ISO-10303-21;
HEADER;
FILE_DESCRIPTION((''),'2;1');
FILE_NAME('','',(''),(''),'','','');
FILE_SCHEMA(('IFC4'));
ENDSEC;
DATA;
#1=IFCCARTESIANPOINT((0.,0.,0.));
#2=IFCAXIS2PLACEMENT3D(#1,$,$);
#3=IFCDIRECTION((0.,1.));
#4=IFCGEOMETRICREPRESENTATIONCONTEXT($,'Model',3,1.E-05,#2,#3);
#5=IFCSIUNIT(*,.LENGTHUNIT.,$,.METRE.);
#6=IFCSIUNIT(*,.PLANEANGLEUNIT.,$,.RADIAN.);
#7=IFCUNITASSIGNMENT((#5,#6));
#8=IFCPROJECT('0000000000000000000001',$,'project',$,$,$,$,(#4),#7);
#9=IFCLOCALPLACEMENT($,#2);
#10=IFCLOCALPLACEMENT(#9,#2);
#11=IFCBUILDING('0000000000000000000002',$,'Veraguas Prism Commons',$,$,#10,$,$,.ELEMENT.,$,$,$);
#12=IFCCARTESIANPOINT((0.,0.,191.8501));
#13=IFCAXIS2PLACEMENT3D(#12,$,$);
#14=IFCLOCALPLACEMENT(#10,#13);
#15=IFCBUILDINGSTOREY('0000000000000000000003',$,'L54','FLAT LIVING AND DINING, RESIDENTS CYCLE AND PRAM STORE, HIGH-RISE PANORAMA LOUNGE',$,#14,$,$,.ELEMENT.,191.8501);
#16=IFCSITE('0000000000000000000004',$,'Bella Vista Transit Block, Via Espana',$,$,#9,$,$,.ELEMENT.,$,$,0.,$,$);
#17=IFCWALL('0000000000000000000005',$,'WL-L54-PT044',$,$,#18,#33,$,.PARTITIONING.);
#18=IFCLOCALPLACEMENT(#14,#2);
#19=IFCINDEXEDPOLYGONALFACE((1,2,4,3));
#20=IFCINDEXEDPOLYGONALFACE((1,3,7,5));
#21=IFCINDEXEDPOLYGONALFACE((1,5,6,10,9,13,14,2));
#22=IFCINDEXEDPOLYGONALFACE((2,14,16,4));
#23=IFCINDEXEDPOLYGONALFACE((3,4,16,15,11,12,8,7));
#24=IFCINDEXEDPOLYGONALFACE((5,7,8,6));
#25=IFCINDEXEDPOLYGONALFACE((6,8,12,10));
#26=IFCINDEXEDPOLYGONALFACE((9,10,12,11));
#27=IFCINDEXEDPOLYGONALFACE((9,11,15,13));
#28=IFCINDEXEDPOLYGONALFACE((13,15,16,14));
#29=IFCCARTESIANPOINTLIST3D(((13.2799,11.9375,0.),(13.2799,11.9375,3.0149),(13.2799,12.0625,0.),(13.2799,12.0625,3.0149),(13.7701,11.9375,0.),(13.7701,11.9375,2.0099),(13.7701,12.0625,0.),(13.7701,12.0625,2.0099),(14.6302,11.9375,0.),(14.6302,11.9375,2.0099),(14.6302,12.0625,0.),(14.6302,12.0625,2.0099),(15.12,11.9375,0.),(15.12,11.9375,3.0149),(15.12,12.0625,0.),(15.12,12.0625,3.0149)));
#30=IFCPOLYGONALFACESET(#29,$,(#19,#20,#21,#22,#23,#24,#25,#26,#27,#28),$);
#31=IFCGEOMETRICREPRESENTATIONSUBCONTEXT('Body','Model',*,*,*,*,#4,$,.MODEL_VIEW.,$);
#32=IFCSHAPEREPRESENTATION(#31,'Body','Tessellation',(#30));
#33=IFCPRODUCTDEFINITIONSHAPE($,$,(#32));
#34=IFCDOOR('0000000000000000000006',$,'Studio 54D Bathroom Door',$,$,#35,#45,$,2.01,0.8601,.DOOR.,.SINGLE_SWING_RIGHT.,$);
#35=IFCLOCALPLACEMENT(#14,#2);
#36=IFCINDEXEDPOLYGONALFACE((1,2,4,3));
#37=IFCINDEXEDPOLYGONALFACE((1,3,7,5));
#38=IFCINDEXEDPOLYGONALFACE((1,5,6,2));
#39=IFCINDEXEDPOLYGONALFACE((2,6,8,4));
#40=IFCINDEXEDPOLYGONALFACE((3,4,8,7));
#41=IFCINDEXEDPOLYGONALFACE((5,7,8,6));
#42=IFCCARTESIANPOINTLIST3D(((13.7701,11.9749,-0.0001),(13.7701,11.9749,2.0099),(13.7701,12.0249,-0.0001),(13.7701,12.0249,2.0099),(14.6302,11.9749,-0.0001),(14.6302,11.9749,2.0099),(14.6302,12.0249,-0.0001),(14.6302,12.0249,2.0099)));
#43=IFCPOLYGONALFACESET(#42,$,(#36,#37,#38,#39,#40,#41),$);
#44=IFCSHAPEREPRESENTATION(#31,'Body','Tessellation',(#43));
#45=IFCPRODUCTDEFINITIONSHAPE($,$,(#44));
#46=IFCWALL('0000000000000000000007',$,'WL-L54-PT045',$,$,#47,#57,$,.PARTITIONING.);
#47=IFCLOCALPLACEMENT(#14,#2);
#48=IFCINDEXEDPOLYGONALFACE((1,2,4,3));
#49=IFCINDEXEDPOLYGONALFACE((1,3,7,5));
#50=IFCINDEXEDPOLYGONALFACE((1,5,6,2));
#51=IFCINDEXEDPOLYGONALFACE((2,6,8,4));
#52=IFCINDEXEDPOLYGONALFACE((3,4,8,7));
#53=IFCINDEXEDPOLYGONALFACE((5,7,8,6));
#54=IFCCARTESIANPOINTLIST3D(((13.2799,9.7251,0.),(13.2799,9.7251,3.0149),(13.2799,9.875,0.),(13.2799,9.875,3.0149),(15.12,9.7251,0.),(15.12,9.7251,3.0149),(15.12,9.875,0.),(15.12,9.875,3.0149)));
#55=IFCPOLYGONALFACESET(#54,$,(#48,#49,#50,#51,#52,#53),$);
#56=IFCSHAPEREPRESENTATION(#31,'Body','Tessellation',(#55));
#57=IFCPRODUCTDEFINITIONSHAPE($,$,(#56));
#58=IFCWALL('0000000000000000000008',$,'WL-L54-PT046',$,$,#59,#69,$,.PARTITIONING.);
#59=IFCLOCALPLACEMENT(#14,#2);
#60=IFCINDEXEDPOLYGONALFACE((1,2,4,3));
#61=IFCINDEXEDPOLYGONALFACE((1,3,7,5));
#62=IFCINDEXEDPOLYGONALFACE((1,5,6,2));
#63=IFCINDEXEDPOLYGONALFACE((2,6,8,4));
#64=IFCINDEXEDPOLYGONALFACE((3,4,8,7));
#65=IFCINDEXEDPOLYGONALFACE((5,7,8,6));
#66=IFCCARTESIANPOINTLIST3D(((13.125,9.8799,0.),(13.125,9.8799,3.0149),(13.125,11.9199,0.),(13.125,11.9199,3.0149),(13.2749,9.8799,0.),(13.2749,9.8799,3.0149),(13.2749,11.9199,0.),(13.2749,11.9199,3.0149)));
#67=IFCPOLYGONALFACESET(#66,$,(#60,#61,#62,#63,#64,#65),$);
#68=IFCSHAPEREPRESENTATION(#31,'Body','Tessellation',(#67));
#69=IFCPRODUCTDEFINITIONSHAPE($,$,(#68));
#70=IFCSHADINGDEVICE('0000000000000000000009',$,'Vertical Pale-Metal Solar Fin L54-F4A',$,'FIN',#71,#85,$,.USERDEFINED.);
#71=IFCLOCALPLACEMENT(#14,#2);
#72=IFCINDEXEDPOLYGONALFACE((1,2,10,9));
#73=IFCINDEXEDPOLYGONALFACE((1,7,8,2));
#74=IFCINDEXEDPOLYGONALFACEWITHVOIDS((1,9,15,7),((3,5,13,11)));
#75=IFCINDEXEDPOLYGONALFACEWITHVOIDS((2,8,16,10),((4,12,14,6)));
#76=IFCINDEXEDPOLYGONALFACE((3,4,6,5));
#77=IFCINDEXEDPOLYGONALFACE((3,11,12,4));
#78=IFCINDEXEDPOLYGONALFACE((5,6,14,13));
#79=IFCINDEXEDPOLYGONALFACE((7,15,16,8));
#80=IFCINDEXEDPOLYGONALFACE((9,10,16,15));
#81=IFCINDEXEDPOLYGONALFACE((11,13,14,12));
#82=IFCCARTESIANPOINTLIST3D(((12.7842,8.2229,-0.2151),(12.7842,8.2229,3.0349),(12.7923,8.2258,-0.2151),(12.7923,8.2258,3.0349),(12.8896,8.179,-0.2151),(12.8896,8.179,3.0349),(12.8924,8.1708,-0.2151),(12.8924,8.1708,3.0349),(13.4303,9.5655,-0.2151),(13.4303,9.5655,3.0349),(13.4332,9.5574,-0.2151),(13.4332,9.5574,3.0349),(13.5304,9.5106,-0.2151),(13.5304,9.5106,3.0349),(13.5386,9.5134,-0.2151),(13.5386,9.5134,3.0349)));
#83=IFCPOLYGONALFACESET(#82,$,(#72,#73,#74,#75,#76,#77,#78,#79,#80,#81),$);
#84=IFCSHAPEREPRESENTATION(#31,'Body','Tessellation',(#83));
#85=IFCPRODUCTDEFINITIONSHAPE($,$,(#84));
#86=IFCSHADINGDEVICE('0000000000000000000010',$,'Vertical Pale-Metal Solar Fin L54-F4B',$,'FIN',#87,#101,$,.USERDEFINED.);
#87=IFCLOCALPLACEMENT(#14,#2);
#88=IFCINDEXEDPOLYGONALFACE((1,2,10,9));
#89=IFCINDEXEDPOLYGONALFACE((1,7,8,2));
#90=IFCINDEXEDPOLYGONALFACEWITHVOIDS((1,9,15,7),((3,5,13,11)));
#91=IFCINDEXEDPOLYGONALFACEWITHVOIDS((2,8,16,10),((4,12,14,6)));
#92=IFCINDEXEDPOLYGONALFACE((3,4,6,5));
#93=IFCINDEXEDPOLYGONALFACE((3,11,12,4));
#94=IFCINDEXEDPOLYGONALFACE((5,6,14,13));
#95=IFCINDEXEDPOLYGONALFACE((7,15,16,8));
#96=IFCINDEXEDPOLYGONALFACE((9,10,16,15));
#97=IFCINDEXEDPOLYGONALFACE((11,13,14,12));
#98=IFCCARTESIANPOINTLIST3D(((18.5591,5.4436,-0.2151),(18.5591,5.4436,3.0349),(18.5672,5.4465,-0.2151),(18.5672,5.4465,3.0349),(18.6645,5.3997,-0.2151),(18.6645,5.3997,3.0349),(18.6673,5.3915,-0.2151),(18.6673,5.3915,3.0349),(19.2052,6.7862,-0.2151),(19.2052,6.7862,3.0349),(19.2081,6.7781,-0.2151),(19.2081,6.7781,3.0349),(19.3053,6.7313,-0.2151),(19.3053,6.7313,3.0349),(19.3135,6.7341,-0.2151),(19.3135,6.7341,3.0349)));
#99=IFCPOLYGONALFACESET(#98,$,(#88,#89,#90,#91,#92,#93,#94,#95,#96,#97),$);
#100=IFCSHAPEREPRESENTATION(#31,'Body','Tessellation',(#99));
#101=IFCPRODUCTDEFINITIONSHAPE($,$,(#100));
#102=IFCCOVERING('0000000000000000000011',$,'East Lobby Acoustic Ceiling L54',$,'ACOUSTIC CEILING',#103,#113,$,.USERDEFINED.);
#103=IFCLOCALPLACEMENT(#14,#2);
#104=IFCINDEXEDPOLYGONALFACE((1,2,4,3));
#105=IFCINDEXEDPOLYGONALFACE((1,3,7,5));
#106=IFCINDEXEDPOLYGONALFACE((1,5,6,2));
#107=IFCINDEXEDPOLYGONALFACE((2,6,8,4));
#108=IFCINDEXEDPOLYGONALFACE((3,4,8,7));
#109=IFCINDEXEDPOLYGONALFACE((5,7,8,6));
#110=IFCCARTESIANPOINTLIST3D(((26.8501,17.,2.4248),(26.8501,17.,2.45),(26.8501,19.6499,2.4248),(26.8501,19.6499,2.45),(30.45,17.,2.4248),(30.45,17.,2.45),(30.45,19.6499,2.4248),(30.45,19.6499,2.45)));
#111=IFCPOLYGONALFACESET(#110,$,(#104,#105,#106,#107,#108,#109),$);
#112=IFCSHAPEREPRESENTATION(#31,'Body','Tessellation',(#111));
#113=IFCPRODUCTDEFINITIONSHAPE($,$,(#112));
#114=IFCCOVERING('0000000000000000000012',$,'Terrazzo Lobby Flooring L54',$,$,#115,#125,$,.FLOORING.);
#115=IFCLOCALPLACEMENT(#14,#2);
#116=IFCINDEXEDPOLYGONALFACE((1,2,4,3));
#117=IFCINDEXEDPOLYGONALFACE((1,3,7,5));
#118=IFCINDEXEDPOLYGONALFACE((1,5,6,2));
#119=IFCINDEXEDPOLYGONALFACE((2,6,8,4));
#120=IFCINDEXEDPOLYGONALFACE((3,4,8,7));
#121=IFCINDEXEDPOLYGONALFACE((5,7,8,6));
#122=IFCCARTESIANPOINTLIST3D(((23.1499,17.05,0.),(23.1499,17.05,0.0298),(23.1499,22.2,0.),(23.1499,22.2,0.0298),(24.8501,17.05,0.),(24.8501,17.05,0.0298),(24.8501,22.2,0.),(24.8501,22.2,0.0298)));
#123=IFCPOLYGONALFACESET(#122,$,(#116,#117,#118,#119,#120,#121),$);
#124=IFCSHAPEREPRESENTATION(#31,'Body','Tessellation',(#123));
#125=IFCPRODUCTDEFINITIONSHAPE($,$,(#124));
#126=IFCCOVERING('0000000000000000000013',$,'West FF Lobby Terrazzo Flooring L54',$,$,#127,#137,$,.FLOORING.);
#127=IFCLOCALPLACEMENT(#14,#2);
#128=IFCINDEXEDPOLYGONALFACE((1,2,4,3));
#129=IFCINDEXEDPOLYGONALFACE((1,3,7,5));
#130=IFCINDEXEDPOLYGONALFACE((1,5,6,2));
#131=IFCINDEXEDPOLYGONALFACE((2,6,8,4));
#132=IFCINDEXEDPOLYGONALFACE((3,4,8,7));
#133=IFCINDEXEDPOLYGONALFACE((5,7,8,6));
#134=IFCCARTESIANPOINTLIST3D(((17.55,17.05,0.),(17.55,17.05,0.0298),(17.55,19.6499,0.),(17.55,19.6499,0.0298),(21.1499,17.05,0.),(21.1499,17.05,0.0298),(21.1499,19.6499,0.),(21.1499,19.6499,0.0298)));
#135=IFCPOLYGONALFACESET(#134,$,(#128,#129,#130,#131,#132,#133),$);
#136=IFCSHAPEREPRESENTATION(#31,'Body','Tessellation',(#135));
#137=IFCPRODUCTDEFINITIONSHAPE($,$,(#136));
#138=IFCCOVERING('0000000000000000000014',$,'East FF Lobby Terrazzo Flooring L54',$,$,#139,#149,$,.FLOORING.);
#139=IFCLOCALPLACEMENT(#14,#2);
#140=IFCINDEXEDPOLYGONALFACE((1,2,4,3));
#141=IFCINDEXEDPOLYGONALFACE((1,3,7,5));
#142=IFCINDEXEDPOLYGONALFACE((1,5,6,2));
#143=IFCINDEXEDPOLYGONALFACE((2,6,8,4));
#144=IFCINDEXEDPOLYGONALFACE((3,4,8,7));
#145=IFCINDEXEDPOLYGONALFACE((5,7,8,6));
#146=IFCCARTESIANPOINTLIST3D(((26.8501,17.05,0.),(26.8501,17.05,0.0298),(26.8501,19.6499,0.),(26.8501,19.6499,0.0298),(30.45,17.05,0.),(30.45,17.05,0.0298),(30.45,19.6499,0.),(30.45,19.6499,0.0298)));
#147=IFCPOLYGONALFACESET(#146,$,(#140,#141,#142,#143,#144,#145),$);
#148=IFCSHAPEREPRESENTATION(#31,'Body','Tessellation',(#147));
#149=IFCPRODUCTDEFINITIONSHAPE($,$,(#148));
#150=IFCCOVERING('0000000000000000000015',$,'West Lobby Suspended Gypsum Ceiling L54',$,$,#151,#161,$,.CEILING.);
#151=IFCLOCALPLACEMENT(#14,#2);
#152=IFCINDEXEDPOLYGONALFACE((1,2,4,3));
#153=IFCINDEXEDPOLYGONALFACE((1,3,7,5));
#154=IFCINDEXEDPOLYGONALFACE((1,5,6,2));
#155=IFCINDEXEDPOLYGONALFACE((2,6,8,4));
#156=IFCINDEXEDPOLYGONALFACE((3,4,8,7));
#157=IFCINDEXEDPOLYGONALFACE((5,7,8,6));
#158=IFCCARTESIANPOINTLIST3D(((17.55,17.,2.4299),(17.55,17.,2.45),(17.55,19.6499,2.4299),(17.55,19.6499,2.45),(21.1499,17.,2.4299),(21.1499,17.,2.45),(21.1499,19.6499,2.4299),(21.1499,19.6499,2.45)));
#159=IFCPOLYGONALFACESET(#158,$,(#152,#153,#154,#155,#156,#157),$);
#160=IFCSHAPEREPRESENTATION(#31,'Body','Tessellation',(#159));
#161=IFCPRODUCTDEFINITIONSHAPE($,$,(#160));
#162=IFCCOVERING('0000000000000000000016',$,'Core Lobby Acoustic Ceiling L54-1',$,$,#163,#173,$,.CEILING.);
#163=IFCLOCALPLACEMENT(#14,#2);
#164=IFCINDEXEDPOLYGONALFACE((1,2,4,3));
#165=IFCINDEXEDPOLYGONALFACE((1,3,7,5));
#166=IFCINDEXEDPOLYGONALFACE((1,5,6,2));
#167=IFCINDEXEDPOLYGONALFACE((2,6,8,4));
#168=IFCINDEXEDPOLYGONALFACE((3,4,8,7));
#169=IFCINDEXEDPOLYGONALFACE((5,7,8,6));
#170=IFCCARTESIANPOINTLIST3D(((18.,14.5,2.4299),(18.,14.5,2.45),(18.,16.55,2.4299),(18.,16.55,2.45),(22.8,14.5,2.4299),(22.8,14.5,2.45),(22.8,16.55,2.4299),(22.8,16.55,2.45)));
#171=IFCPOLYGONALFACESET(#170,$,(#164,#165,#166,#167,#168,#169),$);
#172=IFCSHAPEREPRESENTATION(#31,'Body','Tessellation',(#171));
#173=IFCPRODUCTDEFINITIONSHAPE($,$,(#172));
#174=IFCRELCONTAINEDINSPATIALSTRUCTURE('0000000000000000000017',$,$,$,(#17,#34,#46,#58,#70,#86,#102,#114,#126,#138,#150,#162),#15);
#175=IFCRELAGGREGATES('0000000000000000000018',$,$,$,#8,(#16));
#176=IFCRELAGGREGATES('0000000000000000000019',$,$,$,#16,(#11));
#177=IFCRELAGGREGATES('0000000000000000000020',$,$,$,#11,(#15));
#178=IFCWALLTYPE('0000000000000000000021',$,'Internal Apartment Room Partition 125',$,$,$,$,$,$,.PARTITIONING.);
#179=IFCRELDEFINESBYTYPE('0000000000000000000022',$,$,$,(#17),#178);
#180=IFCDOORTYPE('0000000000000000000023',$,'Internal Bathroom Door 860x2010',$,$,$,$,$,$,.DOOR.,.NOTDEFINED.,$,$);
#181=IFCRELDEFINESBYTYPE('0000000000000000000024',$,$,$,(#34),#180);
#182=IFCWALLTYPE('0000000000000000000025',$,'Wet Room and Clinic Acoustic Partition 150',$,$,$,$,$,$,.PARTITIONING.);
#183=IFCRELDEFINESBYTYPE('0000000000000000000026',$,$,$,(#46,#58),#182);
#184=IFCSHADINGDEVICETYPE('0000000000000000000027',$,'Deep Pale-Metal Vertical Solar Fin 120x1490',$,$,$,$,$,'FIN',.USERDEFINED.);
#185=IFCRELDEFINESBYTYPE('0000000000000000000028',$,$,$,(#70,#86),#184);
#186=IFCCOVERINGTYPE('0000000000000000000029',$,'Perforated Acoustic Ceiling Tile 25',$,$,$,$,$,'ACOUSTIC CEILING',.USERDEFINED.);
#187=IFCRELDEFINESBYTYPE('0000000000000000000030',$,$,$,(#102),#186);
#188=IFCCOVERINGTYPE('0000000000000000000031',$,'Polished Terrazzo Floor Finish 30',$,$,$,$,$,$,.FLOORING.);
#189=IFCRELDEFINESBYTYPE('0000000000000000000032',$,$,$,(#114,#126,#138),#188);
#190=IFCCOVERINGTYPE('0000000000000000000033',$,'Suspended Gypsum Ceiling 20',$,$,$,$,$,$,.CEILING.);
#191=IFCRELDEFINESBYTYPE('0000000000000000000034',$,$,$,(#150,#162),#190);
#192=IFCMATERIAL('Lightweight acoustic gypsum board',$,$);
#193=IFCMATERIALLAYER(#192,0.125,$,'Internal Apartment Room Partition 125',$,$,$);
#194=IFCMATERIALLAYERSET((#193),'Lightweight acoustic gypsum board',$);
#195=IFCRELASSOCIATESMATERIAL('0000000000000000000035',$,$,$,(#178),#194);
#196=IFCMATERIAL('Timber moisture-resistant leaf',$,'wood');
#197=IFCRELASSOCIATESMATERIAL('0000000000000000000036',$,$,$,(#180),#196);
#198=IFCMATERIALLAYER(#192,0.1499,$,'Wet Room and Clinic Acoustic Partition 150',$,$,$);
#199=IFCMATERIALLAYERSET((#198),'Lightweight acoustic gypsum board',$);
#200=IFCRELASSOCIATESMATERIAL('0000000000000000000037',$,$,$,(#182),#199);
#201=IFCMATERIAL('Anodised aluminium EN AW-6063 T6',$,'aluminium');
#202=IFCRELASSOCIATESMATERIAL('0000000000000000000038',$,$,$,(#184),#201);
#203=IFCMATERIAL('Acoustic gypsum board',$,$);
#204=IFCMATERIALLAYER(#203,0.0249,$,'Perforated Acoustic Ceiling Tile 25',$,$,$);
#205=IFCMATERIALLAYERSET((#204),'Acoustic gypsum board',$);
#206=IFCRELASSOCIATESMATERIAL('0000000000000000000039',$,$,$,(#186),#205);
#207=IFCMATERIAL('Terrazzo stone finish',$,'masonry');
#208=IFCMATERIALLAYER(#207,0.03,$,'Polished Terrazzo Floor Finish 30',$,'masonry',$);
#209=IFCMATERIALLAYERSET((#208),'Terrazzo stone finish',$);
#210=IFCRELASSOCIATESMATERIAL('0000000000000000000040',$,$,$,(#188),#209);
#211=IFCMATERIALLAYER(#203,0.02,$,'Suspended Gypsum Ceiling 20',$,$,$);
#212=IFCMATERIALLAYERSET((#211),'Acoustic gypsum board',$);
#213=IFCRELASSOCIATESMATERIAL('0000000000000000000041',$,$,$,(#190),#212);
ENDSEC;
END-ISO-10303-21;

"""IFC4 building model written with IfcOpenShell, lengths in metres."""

from ifc_helpers import new_model, si_unit, direction, frame, frame_2d, origin, origin_2d, place, context, subcontext, project, spatial, polyline, rectangle, hollow_rectangle, outline, extrude, source, transform, mapped, material, layer, layer_set, material_profile, profile_set, type_object, element, fill, save


model = new_model("IFC4")

# Units and contexts
model_context = context("Model", 3, precision=1e-05, world=origin(), true_north=direction((0.0, 1.0)))
body_context = subcontext(model_context, "Body", "Model", "MODEL_VIEW")
ifc_project = project(units=[si_unit("LENGTHUNIT", "METRE"), si_unit("PLANEANGLEUNIT", "RADIAN")], contexts=[model_context])

# Site, building, storey
site_placement = place(None, origin())
site = spatial("IfcSite", under=ifc_project, at=site_placement, Name="Bella Vista Transit Block, Via Espana", CompositionType="ELEMENT", RefElevation=0.0)
building_placement = place(site_placement, origin())
building = spatial("IfcBuilding", under=site, at=building_placement, Name="Veraguas Prism Commons", CompositionType="ELEMENT")
storey_placement = place(building_placement, frame((0.0, 0.0, 191.8501)))
storey = spatial("IfcBuildingStorey", under=building, at=storey_placement, Name="L54", Description="FLAT LIVING AND DINING, RESIDENTS CYCLE AND PRAM STORE, HIGH-RISE PANORAMA LOUNGE", CompositionType="ELEMENT", Elevation=191.8501)

# Shared definitions
ifc_material_1 = material(Name="Anodised aluminium EN AW-6063 T6", Category="aluminium")

# Wall, opening, door
ifc_material_2 = material(Name="Lightweight acoustic gypsum board")
ifc_layer_1 = layer(ifc_material_2, 0.125, Name="Internal Apartment Room Partition 125")
ifc_layer_set_1 = layer_set([ifc_layer_1], Name="Lightweight acoustic gypsum board")
wall_type_1 = type_object("IfcWallType", Name="Internal Apartment Room Partition 125", PredefinedType="PARTITIONING", material=ifc_layer_set_1)
wall_1_placement = place(storey_placement, frame((13.28, 12.0, 0.0), z_axis=(0.0, 0.0, 1.0), x_axis=(1.0, 0.0, 0.0)))
wall_1 = element("IfcWall", 1, at=wall_1_placement, inside=storey, type_object=wall_type_1, Name="WL-L54-PT044", PredefinedType="PARTITIONING", context=body_context, shape_type="SweptSolid", body=[
    extrude(rectangle(XDim=1.8401, YDim=0.125, at=frame_2d((0.9199, 0.0))), origin(), (0.0, 0.0, 1.0), 3.0149),
])
opening_1_placement = place(wall_1_placement, frame((0.49, 0.0, 0.0)))
opening_1 = element("IfcOpeningElement", 2, at=opening_1_placement, cuts=wall_1, PredefinedType="OPENING", context=body_context, shape_type="SweptSolid", body=[
    extrude(rectangle(XDim=0.8601, YDim=2.01, at=frame_2d((0.4302, 1.0049))), frame((0.0, 0.0725, 0.0), z_axis=(0.0, -1.0, 0.0), x_axis=(1.0, 0.0, 0.0)), (0.0, 0.0, 1.0), 0.145),
])
ifc_material_3 = material(Name="Timber moisture-resistant leaf", Category="wood")
door_type_1 = type_object("IfcDoorType", Name="Internal Bathroom Door 860x2010", OperationType="NOTDEFINED", PredefinedType="DOOR", material=ifc_material_3)
shared_shape_1 = source(origin(), body_context, "Body", "SweptSolid", [
    extrude(rectangle(XDim=0.8601, YDim=2.01, at=frame_2d((0.4302, 1.0049))), frame((0.0, 0.0249, 0.0), z_axis=(0.0, -1.0, 0.0), x_axis=(1.0, 0.0, 0.0)), (0.0, 0.0, 1.0), 0.05),
])
door_1_placement = place(opening_1_placement, origin())
door_1 = element("IfcDoor", 3, at=door_1_placement, inside=storey, type_object=door_type_1, Name="Studio 54D Bathroom Door", OperationType="SINGLE_SWING_RIGHT", OverallHeight=2.01, OverallWidth=0.8601, PredefinedType="DOOR", context=body_context, shape_type="MappedRepresentation", body=[
    mapped(shared_shape_1, transform((0.0, 0.0, 0.0), scale=1.0)),
])
fill(opening_1, door_1)

# Walls
ifc_layer_2 = layer(ifc_material_2, 0.1499, Name="Wet Room and Clinic Acoustic Partition 150")
ifc_layer_set_2 = layer_set([ifc_layer_2], Name="Lightweight acoustic gypsum board")
wall_type_2 = type_object("IfcWallType", Name="Wet Room and Clinic Acoustic Partition 150", PredefinedType="PARTITIONING", material=ifc_layer_set_2)
wall_2_placement = place(storey_placement, frame((13.28, 9.8, 0.0), z_axis=(0.0, 0.0, 1.0), x_axis=(1.0, 0.0, 0.0)))
element("IfcWall", 4, at=wall_2_placement, inside=storey, type_object=wall_type_2, Name="WL-L54-PT045", PredefinedType="PARTITIONING", context=body_context, shape_type="SweptSolid", body=[
    extrude(rectangle(XDim=1.8401, YDim=0.1499, at=frame_2d((0.9199, 0.0))), origin(), (0.0, 0.0, 1.0), 3.0149),
])
wall_3_placement = place(storey_placement, frame((13.2, 9.8799, 0.0), z_axis=(0.0, 0.0, 1.0), x_axis=(0.0, 1.0, 0.0)))
element("IfcWall", 5, at=wall_3_placement, inside=storey, type_object=wall_type_2, Name="WL-L54-PT046", PredefinedType="PARTITIONING", context=body_context, shape_type="SweptSolid", body=[
    extrude(rectangle(XDim=2.04, YDim=0.1499, at=frame_2d((1.02, 0.0))), origin(), (0.0, 0.0, 1.0), 3.0149),
])

# Shading devices
ifc_material_profile_1 = material_profile(ifc_material_1, hollow_rectangle(XDim=0.1201, YDim=1.49, WallThickness=0.0061, at=origin_2d()), Name="FIN120X1490X6")
ifc_profile_set_1 = profile_set([ifc_material_profile_1], Name="Anodised aluminium EN AW-6063 T6")
shading_device_type = type_object("IfcShadingDeviceType", Name="Deep Pale-Metal Vertical Solar Fin 120x1490", ElementType="FIN", PredefinedType="USERDEFINED", material=ifc_profile_set_1)
for number, where, z_axis, x_axis, name in (
    (6, (13.1614, 8.8682, -0.2151), (0.0, 0.0, 1.0), (0.901076, -0.433662, 0.0), "Vertical Pale-Metal Solar Fin L54-F4A"),
    (7, (18.9363, 6.0889, -0.2151), (0.0, 0.0, 1.0), (0.901076, -0.433662, 0.0), "Vertical Pale-Metal Solar Fin L54-F4B"),
):
    element("IfcShadingDevice", number, at=place(storey_placement, frame(where, z_axis=z_axis, x_axis=x_axis)), inside=storey, type_object=shading_device_type, Name=name, ObjectType="FIN", PredefinedType="USERDEFINED", context=body_context, shape_type="SweptSolid", body=[
        extrude(hollow_rectangle(XDim=0.1201, YDim=1.49, WallThickness=0.0061, at=origin_2d()), origin(), (0.0, 0.0, 1.0), 3.25),
    ])

# Coverings
ifc_material_4 = material(Name="Acoustic gypsum board")
ifc_layer_3 = layer(ifc_material_4, 0.0249, Name="Perforated Acoustic Ceiling Tile 25")
ifc_layer_set_3 = layer_set([ifc_layer_3], Name="Acoustic gypsum board")
covering_type_1 = type_object("IfcCoveringType", Name="Perforated Acoustic Ceiling Tile 25", ElementType="ACOUSTIC CEILING", PredefinedType="USERDEFINED", material=ifc_layer_set_3)
covering_1_placement = place(storey_placement, frame((0.0, 0.0, 2.4248)))
element("IfcCovering", 8, at=covering_1_placement, inside=storey, type_object=covering_type_1, Name="East Lobby Acoustic Ceiling L54", ObjectType="ACOUSTIC CEILING", PredefinedType="USERDEFINED", context=body_context, shape_type="SweptSolid", body=[
    extrude(outline(polyline([(26.8501, 17.0), (30.45, 17.0), (30.45, 19.6499), (26.8501, 19.6499), (26.8501, 17.0)])), origin(), (0.0, 0.0, 1.0), 0.0251),
])
ifc_material_5 = material(Name="Terrazzo stone finish", Category="masonry")
ifc_layer_4 = layer(ifc_material_5, 0.03, Name="Polished Terrazzo Floor Finish 30", Category="masonry")
ifc_layer_set_4 = layer_set([ifc_layer_4], Name="Terrazzo stone finish")
covering_type_2 = type_object("IfcCoveringType", Name="Polished Terrazzo Floor Finish 30", PredefinedType="FLOORING", material=ifc_layer_set_4)
covering_2_placement = place(storey_placement, origin())
element("IfcCovering", 9, at=covering_2_placement, inside=storey, type_object=covering_type_2, Name="Terrazzo Lobby Flooring L54", PredefinedType="FLOORING", context=body_context, shape_type="SweptSolid", body=[
    extrude(outline(polyline([(23.1499, 17.05), (24.8501, 17.05), (24.8501, 22.2), (23.1499, 22.2), (23.1499, 17.05)])), origin(), (0.0, 0.0, 1.0), 0.0298),
])
covering_3_placement = place(storey_placement, origin())
element("IfcCovering", 10, at=covering_3_placement, inside=storey, type_object=covering_type_2, Name="West FF Lobby Terrazzo Flooring L54", PredefinedType="FLOORING", context=body_context, shape_type="SweptSolid", body=[
    extrude(outline(polyline([(17.55, 17.05), (21.1499, 17.05), (21.1499, 19.6499), (17.55, 19.6499), (17.55, 17.05)])), origin(), (0.0, 0.0, 1.0), 0.0298),
])
covering_4_placement = place(storey_placement, origin())
element("IfcCovering", 11, at=covering_4_placement, inside=storey, type_object=covering_type_2, Name="East FF Lobby Terrazzo Flooring L54", PredefinedType="FLOORING", context=body_context, shape_type="SweptSolid", body=[
    extrude(outline(polyline([(26.8501, 17.05), (30.45, 17.05), (30.45, 19.6499), (26.8501, 19.6499), (26.8501, 17.05)])), origin(), (0.0, 0.0, 1.0), 0.0298),
])
ifc_layer_5 = layer(ifc_material_4, 0.02, Name="Suspended Gypsum Ceiling 20")
ifc_layer_set_5 = layer_set([ifc_layer_5], Name="Acoustic gypsum board")
covering_type_3 = type_object("IfcCoveringType", Name="Suspended Gypsum Ceiling 20", PredefinedType="CEILING", material=ifc_layer_set_5)
covering_5_placement = place(storey_placement, frame((0.0, 0.0, 2.4299)))
element("IfcCovering", 12, at=covering_5_placement, inside=storey, type_object=covering_type_3, Name="West Lobby Suspended Gypsum Ceiling L54", PredefinedType="CEILING", context=body_context, shape_type="SweptSolid", body=[
    extrude(outline(polyline([(17.55, 17.0), (21.1499, 17.0), (21.1499, 19.6499), (17.55, 19.6499), (17.55, 17.0)])), origin(), (0.0, 0.0, 1.0), 0.02),
])
covering_6_placement = place(storey_placement, frame((0.0, 0.0, 2.4299)))
element("IfcCovering", 13, at=covering_6_placement, inside=storey, type_object=covering_type_3, Name="Core Lobby Acoustic Ceiling L54-1", PredefinedType="CEILING", context=body_context, shape_type="SweptSolid", body=[
    extrude(outline(polyline([(18.0, 14.5), (22.8, 14.5), (22.8, 16.55), (18.0, 16.55), (18.0, 14.5)])), origin(), (0.0, 0.0, 1.0), 0.02),
])

save(model, "model.ifc")
